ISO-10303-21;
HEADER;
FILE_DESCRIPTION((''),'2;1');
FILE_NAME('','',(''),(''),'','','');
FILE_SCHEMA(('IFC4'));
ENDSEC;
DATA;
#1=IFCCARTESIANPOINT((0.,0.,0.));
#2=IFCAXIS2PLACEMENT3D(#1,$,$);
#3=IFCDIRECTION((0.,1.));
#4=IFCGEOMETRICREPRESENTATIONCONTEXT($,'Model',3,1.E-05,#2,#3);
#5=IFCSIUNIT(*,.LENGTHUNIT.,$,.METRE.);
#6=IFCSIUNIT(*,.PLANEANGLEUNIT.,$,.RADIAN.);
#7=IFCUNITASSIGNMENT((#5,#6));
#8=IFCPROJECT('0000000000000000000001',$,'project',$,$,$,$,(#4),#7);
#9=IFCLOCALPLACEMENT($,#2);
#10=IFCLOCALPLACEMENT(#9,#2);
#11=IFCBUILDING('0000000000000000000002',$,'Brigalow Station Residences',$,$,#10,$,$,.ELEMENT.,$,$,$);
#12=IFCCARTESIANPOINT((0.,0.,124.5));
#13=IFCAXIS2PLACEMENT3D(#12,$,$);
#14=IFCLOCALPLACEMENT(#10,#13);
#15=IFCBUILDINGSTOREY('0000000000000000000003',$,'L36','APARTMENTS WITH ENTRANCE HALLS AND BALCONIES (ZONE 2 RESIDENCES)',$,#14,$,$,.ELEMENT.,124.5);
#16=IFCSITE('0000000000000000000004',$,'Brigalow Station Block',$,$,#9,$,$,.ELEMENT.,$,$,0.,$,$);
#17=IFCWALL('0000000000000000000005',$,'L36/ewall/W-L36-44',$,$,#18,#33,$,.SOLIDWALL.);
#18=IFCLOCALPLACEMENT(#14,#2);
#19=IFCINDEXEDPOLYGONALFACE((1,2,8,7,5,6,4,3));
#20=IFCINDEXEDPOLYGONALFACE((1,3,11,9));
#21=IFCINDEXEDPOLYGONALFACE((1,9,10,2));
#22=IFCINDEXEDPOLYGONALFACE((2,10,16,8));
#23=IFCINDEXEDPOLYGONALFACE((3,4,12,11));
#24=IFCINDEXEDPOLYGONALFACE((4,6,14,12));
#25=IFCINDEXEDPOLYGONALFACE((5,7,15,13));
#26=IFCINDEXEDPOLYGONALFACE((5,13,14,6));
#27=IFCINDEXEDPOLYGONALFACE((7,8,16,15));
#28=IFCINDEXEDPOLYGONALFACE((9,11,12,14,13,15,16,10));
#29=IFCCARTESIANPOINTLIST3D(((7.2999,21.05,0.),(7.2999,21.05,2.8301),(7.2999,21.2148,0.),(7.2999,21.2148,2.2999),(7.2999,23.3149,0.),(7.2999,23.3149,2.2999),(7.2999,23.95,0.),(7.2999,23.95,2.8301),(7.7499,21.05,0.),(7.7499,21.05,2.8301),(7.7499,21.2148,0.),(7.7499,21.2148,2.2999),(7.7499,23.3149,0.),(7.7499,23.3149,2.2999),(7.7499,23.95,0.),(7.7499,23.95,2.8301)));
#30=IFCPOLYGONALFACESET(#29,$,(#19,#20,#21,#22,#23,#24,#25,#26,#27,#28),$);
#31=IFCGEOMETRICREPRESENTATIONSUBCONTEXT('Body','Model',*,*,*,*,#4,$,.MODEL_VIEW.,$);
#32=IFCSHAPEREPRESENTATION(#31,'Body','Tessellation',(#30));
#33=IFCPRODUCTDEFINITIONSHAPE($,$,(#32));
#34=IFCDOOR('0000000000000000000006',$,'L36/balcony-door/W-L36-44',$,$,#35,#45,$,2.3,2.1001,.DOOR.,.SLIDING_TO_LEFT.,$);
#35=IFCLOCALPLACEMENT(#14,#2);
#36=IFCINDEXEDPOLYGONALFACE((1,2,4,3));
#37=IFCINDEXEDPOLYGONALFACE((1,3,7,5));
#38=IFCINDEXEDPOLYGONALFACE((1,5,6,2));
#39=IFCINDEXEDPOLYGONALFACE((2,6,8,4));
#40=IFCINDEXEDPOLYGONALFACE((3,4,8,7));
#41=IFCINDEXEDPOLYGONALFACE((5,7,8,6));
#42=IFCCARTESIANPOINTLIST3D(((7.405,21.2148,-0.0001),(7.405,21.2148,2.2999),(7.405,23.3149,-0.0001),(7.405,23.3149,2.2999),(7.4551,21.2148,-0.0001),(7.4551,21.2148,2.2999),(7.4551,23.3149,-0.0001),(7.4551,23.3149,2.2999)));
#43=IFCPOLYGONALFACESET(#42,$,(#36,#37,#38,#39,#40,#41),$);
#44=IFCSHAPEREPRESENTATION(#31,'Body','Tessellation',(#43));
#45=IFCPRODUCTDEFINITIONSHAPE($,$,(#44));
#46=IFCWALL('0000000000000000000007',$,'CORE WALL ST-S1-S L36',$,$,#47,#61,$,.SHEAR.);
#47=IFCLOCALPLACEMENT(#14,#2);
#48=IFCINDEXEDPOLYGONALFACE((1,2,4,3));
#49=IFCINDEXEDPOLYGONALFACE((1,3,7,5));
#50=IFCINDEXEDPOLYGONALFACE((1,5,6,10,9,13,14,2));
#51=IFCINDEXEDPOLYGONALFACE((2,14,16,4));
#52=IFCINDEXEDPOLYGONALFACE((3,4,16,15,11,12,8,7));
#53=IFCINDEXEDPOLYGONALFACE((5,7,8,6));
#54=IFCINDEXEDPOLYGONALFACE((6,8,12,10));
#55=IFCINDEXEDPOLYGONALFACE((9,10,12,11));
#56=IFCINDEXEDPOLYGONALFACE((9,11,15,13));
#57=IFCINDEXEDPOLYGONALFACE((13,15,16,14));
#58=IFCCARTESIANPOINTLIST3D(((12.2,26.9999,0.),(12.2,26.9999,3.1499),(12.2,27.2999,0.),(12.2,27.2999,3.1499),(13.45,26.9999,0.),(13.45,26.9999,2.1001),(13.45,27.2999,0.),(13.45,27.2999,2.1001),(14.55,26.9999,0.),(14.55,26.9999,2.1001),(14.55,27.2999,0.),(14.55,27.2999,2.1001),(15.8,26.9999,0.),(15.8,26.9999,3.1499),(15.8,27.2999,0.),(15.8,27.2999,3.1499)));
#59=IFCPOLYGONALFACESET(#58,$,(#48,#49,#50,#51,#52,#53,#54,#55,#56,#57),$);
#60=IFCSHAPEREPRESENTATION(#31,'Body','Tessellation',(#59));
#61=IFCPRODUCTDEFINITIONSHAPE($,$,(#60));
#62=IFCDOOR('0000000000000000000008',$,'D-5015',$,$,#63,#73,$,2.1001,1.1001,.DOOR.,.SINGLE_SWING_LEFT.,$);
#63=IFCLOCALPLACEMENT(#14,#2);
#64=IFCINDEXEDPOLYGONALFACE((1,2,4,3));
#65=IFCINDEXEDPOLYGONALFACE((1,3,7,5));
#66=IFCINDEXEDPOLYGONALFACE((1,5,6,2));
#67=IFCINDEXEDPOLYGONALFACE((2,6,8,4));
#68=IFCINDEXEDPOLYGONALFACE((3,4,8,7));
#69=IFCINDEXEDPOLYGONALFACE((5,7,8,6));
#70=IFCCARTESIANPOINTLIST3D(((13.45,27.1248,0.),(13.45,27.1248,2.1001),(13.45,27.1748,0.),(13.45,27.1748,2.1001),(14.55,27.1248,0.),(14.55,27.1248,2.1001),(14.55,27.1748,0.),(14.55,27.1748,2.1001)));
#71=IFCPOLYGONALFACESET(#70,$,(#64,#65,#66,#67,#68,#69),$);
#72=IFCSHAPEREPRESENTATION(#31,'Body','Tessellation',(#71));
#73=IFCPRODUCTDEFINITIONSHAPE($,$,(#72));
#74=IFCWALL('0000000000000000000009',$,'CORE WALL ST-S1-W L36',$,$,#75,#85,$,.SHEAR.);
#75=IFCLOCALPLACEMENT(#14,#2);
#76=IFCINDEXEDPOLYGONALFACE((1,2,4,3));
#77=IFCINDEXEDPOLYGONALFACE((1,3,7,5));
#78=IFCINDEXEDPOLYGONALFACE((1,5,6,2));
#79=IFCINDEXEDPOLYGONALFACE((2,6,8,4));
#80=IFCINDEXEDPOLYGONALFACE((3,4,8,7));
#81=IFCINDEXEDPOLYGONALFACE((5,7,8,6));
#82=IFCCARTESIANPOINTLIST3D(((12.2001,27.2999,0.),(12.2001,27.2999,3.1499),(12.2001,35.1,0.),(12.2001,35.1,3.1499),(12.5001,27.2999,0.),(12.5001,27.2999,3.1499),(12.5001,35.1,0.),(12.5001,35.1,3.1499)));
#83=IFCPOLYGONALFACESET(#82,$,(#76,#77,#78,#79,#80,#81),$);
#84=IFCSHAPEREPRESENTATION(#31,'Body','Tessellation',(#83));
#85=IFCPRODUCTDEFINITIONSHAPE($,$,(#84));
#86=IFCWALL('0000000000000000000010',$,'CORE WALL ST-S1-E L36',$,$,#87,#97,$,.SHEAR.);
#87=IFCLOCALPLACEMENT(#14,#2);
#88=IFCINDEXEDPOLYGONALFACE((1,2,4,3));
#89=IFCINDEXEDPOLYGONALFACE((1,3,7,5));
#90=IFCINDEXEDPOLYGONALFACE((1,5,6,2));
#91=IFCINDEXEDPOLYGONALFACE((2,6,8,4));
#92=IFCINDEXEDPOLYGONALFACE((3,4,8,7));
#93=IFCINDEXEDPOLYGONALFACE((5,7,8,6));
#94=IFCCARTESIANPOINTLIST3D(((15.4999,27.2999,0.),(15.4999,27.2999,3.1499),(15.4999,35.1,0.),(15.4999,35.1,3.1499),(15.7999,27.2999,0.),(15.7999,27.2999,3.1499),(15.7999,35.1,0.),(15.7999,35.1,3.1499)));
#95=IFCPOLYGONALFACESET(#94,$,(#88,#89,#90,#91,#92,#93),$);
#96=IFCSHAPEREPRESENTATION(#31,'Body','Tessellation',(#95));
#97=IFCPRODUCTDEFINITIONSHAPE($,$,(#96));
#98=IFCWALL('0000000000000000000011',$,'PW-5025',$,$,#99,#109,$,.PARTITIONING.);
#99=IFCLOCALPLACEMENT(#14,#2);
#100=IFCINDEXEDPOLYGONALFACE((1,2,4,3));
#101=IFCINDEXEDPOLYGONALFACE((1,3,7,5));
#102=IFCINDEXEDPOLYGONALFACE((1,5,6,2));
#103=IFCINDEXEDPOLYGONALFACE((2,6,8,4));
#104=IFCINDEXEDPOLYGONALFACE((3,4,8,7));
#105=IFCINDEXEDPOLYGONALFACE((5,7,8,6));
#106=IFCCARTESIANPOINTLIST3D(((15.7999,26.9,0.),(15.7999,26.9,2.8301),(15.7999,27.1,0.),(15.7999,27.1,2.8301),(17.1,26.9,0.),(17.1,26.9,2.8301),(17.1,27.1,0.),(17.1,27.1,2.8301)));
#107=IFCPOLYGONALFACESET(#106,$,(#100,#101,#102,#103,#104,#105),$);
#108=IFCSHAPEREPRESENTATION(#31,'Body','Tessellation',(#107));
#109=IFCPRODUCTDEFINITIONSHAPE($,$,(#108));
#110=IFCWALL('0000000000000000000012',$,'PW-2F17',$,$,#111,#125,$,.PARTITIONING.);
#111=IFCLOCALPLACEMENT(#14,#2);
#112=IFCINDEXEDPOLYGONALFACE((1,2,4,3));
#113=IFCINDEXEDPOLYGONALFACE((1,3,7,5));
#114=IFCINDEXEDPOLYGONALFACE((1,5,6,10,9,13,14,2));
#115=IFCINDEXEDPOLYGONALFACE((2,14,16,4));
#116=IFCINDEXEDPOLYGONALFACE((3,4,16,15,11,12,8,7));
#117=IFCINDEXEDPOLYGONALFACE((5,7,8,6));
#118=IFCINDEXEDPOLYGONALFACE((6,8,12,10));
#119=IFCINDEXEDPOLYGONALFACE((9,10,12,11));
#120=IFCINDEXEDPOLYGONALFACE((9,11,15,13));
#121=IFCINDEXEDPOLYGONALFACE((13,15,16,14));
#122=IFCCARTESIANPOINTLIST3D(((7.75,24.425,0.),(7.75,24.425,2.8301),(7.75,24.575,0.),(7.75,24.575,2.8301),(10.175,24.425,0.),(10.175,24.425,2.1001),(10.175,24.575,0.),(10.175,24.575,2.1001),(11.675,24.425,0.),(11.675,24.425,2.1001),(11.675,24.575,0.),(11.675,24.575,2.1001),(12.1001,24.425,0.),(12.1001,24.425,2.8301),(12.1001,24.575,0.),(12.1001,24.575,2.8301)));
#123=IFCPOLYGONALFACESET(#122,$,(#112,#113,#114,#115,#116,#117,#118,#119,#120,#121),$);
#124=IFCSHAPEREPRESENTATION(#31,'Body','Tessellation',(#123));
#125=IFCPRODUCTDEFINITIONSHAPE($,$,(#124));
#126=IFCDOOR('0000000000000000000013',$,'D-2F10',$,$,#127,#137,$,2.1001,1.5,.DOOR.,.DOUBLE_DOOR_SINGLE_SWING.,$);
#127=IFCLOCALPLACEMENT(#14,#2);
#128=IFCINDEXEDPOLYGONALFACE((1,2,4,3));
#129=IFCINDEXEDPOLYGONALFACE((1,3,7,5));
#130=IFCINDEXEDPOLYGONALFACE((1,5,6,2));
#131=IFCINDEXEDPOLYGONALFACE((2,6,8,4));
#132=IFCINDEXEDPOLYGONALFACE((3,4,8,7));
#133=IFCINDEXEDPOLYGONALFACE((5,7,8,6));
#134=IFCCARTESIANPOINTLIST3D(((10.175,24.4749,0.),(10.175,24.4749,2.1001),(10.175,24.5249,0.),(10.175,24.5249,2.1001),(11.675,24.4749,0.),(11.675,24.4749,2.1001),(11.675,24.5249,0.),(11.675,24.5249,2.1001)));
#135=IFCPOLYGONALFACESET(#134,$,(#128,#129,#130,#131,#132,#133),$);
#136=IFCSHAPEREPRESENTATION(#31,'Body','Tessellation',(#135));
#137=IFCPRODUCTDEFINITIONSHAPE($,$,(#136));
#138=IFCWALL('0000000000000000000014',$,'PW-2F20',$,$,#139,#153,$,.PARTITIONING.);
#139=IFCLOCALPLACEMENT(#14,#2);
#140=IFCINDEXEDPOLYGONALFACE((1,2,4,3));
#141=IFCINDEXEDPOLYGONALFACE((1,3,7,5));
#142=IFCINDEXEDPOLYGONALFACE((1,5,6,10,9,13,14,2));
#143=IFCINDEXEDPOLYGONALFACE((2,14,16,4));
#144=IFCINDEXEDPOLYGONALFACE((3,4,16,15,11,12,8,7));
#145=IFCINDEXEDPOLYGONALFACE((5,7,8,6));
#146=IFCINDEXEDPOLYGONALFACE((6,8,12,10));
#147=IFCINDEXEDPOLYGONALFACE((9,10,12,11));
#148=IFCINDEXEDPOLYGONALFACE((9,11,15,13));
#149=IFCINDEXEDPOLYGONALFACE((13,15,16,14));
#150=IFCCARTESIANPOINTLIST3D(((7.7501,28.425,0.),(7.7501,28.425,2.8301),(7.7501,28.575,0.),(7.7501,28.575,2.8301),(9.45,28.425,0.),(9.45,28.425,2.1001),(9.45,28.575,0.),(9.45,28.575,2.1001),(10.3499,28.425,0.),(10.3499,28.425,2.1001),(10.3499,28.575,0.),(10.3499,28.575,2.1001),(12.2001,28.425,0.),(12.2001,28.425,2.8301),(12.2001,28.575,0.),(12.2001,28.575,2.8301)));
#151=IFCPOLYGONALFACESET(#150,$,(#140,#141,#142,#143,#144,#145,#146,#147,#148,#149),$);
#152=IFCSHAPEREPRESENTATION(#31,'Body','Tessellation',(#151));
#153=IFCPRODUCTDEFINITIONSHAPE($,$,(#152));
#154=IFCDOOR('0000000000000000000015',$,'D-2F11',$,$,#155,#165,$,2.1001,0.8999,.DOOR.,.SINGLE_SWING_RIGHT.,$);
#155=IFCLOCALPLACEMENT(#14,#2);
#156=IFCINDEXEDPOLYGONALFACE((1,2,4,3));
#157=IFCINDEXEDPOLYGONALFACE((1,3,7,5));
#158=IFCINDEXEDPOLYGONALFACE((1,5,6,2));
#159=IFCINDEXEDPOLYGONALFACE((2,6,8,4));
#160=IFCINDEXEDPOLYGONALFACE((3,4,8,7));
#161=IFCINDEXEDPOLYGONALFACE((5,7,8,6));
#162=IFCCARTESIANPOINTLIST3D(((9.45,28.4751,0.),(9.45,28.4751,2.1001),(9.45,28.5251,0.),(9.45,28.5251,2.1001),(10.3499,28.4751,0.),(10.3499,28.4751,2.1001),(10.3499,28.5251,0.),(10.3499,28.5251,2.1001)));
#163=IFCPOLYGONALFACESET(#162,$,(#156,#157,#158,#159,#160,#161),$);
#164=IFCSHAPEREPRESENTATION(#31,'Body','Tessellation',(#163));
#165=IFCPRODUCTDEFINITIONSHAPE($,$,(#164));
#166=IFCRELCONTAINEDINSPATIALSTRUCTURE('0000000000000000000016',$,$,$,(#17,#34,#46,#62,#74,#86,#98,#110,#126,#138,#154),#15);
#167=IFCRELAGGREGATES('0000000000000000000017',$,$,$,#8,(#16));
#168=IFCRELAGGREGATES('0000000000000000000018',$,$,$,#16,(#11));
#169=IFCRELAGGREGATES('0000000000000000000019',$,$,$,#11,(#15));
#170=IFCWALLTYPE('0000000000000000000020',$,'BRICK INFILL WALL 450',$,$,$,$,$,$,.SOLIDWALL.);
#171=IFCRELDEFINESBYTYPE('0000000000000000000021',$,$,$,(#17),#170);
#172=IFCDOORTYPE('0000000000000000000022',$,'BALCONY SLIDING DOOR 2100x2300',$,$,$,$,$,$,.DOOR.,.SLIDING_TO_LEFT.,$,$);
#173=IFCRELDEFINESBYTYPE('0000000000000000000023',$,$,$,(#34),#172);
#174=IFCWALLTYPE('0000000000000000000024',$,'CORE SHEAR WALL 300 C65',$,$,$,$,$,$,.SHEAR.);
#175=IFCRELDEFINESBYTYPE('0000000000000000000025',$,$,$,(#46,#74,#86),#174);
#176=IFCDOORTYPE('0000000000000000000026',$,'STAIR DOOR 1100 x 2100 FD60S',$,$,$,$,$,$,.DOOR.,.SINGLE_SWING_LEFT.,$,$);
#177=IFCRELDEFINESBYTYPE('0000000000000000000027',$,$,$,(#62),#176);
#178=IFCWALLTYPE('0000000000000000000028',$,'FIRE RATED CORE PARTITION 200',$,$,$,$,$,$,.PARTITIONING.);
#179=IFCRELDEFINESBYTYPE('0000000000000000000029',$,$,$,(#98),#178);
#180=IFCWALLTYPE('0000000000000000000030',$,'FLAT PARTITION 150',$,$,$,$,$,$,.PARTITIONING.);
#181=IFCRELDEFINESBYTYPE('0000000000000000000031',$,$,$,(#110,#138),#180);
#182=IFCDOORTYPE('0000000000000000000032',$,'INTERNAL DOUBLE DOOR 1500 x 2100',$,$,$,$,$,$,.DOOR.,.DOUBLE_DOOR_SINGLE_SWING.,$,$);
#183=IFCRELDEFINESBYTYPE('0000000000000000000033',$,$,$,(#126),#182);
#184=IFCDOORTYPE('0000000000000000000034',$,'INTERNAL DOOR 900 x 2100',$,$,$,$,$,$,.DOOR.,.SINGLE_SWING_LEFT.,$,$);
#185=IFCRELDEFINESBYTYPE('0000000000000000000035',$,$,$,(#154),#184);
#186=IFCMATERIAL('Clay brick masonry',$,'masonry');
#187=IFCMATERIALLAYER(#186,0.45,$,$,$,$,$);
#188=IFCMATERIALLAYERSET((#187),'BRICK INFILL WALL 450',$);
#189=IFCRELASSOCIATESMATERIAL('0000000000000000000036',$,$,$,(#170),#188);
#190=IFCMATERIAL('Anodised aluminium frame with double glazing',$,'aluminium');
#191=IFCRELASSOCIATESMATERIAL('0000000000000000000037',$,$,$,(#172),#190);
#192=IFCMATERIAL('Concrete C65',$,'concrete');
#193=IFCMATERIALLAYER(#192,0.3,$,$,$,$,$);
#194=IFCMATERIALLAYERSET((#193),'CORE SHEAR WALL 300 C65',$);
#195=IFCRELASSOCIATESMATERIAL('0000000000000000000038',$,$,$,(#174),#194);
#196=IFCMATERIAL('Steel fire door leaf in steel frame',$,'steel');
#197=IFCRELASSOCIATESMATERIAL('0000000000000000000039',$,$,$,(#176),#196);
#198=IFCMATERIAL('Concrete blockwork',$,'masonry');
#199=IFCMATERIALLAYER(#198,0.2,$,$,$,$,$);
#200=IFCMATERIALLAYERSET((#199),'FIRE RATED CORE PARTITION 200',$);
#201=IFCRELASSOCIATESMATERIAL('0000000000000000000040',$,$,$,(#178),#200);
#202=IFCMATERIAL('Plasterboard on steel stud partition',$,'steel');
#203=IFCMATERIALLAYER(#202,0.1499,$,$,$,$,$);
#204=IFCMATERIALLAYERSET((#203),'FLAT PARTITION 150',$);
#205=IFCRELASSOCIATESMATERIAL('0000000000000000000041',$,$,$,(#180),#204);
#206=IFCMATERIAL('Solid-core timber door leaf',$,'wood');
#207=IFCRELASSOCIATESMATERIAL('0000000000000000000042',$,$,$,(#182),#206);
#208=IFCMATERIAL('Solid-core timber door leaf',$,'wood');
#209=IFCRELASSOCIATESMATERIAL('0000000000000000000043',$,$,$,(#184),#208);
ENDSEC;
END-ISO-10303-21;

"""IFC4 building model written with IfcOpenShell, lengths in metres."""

from ifc_helpers import new_model, si_unit, direction, frame, frame_2d, origin, place, context, subcontext, project, spatial, rectangle, extrude, material, layer, layer_set, type_object, element, fill, save


model = new_model("IFC4")

# Units and contexts
model_context = context("Model", 3, precision=1e-05, world=origin(), true_north=direction((0.0, 1.0)))
body_context = subcontext(model_context, "Body", "Model", "MODEL_VIEW")
ifc_project = project(units=[si_unit("LENGTHUNIT", "METRE"), si_unit("PLANEANGLEUNIT", "RADIAN")], contexts=[model_context])

# Site, building, storey
site_placement = place(None, origin())
site = spatial("IfcSite", under=ifc_project, at=site_placement, Name="Brigalow Station Block", CompositionType="ELEMENT", RefElevation=0.0)
building_placement = place(site_placement, origin())
building = spatial("IfcBuilding", under=site, at=building_placement, Name="Brigalow Station Residences", CompositionType="ELEMENT")
storey_placement = place(building_placement, frame((0.0, 0.0, 124.5)))
storey = spatial("IfcBuildingStorey", under=building, at=storey_placement, Name="L36", Description="APARTMENTS WITH ENTRANCE HALLS AND BALCONIES (ZONE 2 RESIDENCES)", CompositionType="ELEMENT", Elevation=124.5)

# Shared definitions
ifc_material_1 = material(Name="Clay brick masonry", Category="masonry")
ifc_layer_1 = layer(ifc_material_1, 0.45)
ifc_layer_set_1 = layer_set([ifc_layer_1], Name="BRICK INFILL WALL 450")
wall_type_1 = type_object("IfcWallType", Name="BRICK INFILL WALL 450", PredefinedType="SOLIDWALL", material=ifc_layer_set_1)

# Walls, openings, doors
wall_1_placement = place(storey_placement, frame((7.5249, 23.95, 0.0), z_axis=(0.0, 0.0, 1.0), x_axis=(0.0, -1.0, 0.0)))
wall_1 = element("IfcWall", 1, at=wall_1_placement, inside=storey, type_object=wall_type_1, Name="L36/ewall/W-L36-44", PredefinedType="SOLIDWALL", context=body_context, shape_type="SweptSolid", body=[
    extrude(rectangle(XDim=2.8999, YDim=0.45, at=frame_2d((1.45, 0.0))), origin(), (0.0, 0.0, 1.0), 2.8301),
])
opening_1_placement = place(wall_1_placement, frame((0.635, 0.0, 0.0)))
opening_1 = element("IfcOpeningElement", 2, at=opening_1_placement, cuts=wall_1, PredefinedType="OPENING", context=body_context, shape_type="SweptSolid", body=[
    extrude(rectangle(XDim=2.1001, YDim=2.3, at=frame_2d((1.05, 1.1499))), frame((0.0, 0.2349, 0.0), z_axis=(0.0, -1.0, 0.0), x_axis=(1.0, 0.0, 0.0)), (0.0, 0.0, 1.0), 0.47),
])
ifc_material_2 = material(Name="Anodised aluminium frame with double glazing", Category="aluminium")
door_type_1 = type_object("IfcDoorType", Name="BALCONY SLIDING DOOR 2100x2300", OperationType="SLIDING_TO_LEFT", PredefinedType="DOOR", material=ifc_material_2)
door_1_placement = place(opening_1_placement, origin())
door_1 = element("IfcDoor", 3, at=door_1_placement, inside=storey, type_object=door_type_1, Name="L36/balcony-door/W-L36-44", OperationType="SLIDING_TO_LEFT", OverallHeight=2.3, OverallWidth=2.1001, PredefinedType="DOOR", context=body_context, shape_type="SweptSolid", body=[
    extrude(rectangle(XDim=2.1001, YDim=2.3, at=frame_2d((1.05, 1.1499))), frame((0.0, -0.0698, 0.0), z_axis=(0.0, -1.0, 0.0), x_axis=(1.0, 0.0, 0.0)), (0.0, 0.0, 1.0), 0.05),
])
fill(opening_1, door_1)
ifc_material_3 = material(Name="Concrete C65", Category="concrete")
ifc_layer_2 = layer(ifc_material_3, 0.3)
ifc_layer_set_2 = layer_set([ifc_layer_2], Name="CORE SHEAR WALL 300 C65")
wall_type_2 = type_object("IfcWallType", Name="CORE SHEAR WALL 300 C65", PredefinedType="SHEAR", material=ifc_layer_set_2)
wall_2_placement = place(storey_placement, frame((12.2, 27.1499, 0.0), z_axis=(0.0, 0.0, 1.0), x_axis=(1.0, 0.0, 0.0)))
wall_2 = element("IfcWall", 4, at=wall_2_placement, inside=storey, type_object=wall_type_2, Name="CORE WALL ST-S1-S L36", PredefinedType="SHEAR", context=body_context, shape_type="SweptSolid", body=[
    extrude(rectangle(XDim=3.6001, YDim=0.3, at=frame_2d((1.8, 0.0))), origin(), (0.0, 0.0, 1.0), 3.1499),
])
opening_2_placement = place(wall_2_placement, frame((1.25, 0.0, 0.0)))
opening_2 = element("IfcOpeningElement", 5, at=opening_2_placement, cuts=wall_2, PredefinedType="OPENING", context=body_context, shape_type="SweptSolid", body=[
    extrude(rectangle(XDim=1.1001, YDim=2.1001, at=frame_2d((0.55, 1.05))), frame((0.0, 0.1602, 0.0), z_axis=(0.0, -1.0, 0.0), x_axis=(1.0, 0.0, 0.0)), (0.0, 0.0, 1.0), 0.3201),
])
ifc_material_4 = material(Name="Steel fire door leaf in steel frame", Category="steel")
door_type_2 = type_object("IfcDoorType", Name="STAIR DOOR 1100 x 2100 FD60S", OperationType="SINGLE_SWING_LEFT", PredefinedType="DOOR", material=ifc_material_4)
door_2_placement = place(opening_2_placement, origin())
door_2 = element("IfcDoor", 6, at=door_2_placement, inside=storey, type_object=door_type_2, Name="D-5015", OperationType="SINGLE_SWING_LEFT", OverallHeight=2.1001, OverallWidth=1.1001, PredefinedType="DOOR", context=body_context, shape_type="SweptSolid", body=[
    extrude(rectangle(XDim=1.1001, YDim=2.1001, at=frame_2d((0.55, 1.05))), frame((0.0, 0.0249, 0.0), z_axis=(0.0, -1.0, 0.0), x_axis=(1.0, 0.0, 0.0)), (0.0, 0.0, 1.0), 0.05),
])
fill(opening_2, door_2)

# Walls
for number, where, z_axis, x_axis, name in (
    (7, (12.3501, 27.3, 0.0), (0.0, 0.0, 1.0), (0.0, 1.0, 0.0), "CORE WALL ST-S1-W L36"),
    (8, (15.6499, 27.3, 0.0), (0.0, 0.0, 1.0), (0.0, 1.0, 0.0), "CORE WALL ST-S1-E L36"),
):
    element("IfcWall", number, at=place(storey_placement, frame(where, z_axis=z_axis, x_axis=x_axis)), inside=storey, type_object=wall_type_2, Name=name, PredefinedType="SHEAR", context=body_context, shape_type="SweptSolid", body=[
        extrude(rectangle(XDim=7.8, YDim=0.3, at=frame_2d((3.8999, 0.0))), origin(), (0.0, 0.0, 1.0), 3.1499),
    ])
ifc_material_5 = material(Name="Concrete blockwork", Category="masonry")
ifc_layer_3 = layer(ifc_material_5, 0.2)
ifc_layer_set_3 = layer_set([ifc_layer_3], Name="FIRE RATED CORE PARTITION 200")
wall_type_3 = type_object("IfcWallType", Name="FIRE RATED CORE PARTITION 200", PredefinedType="PARTITIONING", material=ifc_layer_set_3)
wall_3_placement = place(storey_placement, frame((15.8, 27.0, 0.0), z_axis=(0.0, 0.0, 1.0), x_axis=(1.0, 0.0, 0.0)))
element("IfcWall", 9, at=wall_3_placement, inside=storey, type_object=wall_type_3, Name="PW-5025", PredefinedType="PARTITIONING", context=body_context, shape_type="SweptSolid", body=[
    extrude(rectangle(XDim=1.3, YDim=0.2, at=frame_2d((0.6499, 0.0))), origin(), (0.0, 0.0, 1.0), 2.8301),
])

# Walls, openings, doors
ifc_material_6 = material(Name="Plasterboard on steel stud partition", Category="steel")
ifc_layer_4 = layer(ifc_material_6, 0.1499)
ifc_layer_set_4 = layer_set([ifc_layer_4], Name="FLAT PARTITION 150")
wall_type_4 = type_object("IfcWallType", Name="FLAT PARTITION 150", PredefinedType="PARTITIONING", material=ifc_layer_set_4)
wall_4_placement = place(storey_placement, frame((7.75, 24.5, 0.0), z_axis=(0.0, 0.0, 1.0), x_axis=(1.0, 0.0, 0.0)))
wall_4 = element("IfcWall", 10, at=wall_4_placement, inside=storey, type_object=wall_type_4, Name="PW-2F17", PredefinedType="PARTITIONING", context=body_context, shape_type="SweptSolid", body=[
    extrude(rectangle(XDim=4.3501, YDim=0.1499, at=frame_2d((2.175, 0.0))), origin(), (0.0, 0.0, 1.0), 2.8301),
])
opening_3_placement = place(wall_4_placement, frame((2.425, 0.0, 0.0)))
opening_3 = element("IfcOpeningElement", 11, at=opening_3_placement, cuts=wall_4, PredefinedType="OPENING", context=body_context, shape_type="SweptSolid", body=[
    extrude(rectangle(XDim=1.5, YDim=2.1001, at=frame_2d((0.75, 1.05))), frame((0.0, 0.085, 0.0), z_axis=(0.0, -1.0, 0.0), x_axis=(1.0, 0.0, 0.0)), (0.0, 0.0, 1.0), 0.1699),
])
ifc_material_7 = material(Name="Solid-core timber door leaf", Category="wood")
door_type_3 = type_object("IfcDoorType", Name="INTERNAL DOUBLE DOOR 1500 x 2100", OperationType="DOUBLE_DOOR_SINGLE_SWING", PredefinedType="DOOR", material=ifc_material_7)
door_3_placement = place(opening_3_placement, origin())
door_3 = element("IfcDoor", 12, at=door_3_placement, inside=storey, type_object=door_type_3, Name="D-2F10", OperationType="DOUBLE_DOOR_SINGLE_SWING", OverallHeight=2.1001, OverallWidth=1.5, PredefinedType="DOOR", context=body_context, shape_type="SweptSolid", body=[
    extrude(rectangle(XDim=1.5, YDim=2.1001, at=frame_2d((0.75, 1.05))), frame((0.0, 0.0249, 0.0), z_axis=(0.0, -1.0, 0.0), x_axis=(1.0, 0.0, 0.0)), (0.0, 0.0, 1.0), 0.05),
])
fill(opening_3, door_3)
wall_5_placement = place(storey_placement, frame((7.75, 28.5, 0.0), z_axis=(0.0, 0.0, 1.0), x_axis=(1.0, 0.0, 0.0)))
wall_5 = element("IfcWall", 13, at=wall_5_placement, inside=storey, type_object=wall_type_4, Name="PW-2F20", PredefinedType="PARTITIONING", context=body_context, shape_type="SweptSolid", body=[
    extrude(rectangle(XDim=4.45, YDim=0.1499, at=frame_2d((2.2251, 0.0))), origin(), (0.0, 0.0, 1.0), 2.8301),
])
opening_4_placement = place(wall_5_placement, frame((1.7, 0.0, 0.0)))
opening_4 = element("IfcOpeningElement", 14, at=opening_4_placement, cuts=wall_5, PredefinedType="OPENING", context=body_context, shape_type="SweptSolid", body=[
    extrude(rectangle(XDim=0.8999, YDim=2.1001, at=frame_2d((0.45, 1.05))), frame((0.0, 0.085, 0.0), z_axis=(0.0, -1.0, 0.0), x_axis=(1.0, 0.0, 0.0)), (0.0, 0.0, 1.0), 0.1699),
])
ifc_material_8 = material(Name="Solid-core timber door leaf", Category="wood")
door_type_4 = type_object("IfcDoorType", Name="INTERNAL DOOR 900 x 2100", OperationType="SINGLE_SWING_LEFT", PredefinedType="DOOR", material=ifc_material_8)
door_4_placement = place(opening_4_placement, frame((0.8999, 0.0, 0.0), z_axis=(0.0, 0.0, 1.0), x_axis=(-1.0, 0.0, 0.0)))
door_4 = element("IfcDoor", 15, at=door_4_placement, inside=storey, type_object=door_type_4, Name="D-2F11", OperationType="SINGLE_SWING_RIGHT", OverallHeight=2.1001, OverallWidth=0.8999, PredefinedType="DOOR", context=body_context, shape_type="SweptSolid", body=[
    extrude(rectangle(XDim=0.8999, YDim=2.1001, at=frame_2d((0.45, 1.05))), frame((0.0, 0.0249, 0.0), z_axis=(0.0, -1.0, 0.0), x_axis=(1.0, 0.0, 0.0)), (0.0, 0.0, 1.0), 0.05),
])
fill(opening_4, door_4)

save(model, "model.ifc")
